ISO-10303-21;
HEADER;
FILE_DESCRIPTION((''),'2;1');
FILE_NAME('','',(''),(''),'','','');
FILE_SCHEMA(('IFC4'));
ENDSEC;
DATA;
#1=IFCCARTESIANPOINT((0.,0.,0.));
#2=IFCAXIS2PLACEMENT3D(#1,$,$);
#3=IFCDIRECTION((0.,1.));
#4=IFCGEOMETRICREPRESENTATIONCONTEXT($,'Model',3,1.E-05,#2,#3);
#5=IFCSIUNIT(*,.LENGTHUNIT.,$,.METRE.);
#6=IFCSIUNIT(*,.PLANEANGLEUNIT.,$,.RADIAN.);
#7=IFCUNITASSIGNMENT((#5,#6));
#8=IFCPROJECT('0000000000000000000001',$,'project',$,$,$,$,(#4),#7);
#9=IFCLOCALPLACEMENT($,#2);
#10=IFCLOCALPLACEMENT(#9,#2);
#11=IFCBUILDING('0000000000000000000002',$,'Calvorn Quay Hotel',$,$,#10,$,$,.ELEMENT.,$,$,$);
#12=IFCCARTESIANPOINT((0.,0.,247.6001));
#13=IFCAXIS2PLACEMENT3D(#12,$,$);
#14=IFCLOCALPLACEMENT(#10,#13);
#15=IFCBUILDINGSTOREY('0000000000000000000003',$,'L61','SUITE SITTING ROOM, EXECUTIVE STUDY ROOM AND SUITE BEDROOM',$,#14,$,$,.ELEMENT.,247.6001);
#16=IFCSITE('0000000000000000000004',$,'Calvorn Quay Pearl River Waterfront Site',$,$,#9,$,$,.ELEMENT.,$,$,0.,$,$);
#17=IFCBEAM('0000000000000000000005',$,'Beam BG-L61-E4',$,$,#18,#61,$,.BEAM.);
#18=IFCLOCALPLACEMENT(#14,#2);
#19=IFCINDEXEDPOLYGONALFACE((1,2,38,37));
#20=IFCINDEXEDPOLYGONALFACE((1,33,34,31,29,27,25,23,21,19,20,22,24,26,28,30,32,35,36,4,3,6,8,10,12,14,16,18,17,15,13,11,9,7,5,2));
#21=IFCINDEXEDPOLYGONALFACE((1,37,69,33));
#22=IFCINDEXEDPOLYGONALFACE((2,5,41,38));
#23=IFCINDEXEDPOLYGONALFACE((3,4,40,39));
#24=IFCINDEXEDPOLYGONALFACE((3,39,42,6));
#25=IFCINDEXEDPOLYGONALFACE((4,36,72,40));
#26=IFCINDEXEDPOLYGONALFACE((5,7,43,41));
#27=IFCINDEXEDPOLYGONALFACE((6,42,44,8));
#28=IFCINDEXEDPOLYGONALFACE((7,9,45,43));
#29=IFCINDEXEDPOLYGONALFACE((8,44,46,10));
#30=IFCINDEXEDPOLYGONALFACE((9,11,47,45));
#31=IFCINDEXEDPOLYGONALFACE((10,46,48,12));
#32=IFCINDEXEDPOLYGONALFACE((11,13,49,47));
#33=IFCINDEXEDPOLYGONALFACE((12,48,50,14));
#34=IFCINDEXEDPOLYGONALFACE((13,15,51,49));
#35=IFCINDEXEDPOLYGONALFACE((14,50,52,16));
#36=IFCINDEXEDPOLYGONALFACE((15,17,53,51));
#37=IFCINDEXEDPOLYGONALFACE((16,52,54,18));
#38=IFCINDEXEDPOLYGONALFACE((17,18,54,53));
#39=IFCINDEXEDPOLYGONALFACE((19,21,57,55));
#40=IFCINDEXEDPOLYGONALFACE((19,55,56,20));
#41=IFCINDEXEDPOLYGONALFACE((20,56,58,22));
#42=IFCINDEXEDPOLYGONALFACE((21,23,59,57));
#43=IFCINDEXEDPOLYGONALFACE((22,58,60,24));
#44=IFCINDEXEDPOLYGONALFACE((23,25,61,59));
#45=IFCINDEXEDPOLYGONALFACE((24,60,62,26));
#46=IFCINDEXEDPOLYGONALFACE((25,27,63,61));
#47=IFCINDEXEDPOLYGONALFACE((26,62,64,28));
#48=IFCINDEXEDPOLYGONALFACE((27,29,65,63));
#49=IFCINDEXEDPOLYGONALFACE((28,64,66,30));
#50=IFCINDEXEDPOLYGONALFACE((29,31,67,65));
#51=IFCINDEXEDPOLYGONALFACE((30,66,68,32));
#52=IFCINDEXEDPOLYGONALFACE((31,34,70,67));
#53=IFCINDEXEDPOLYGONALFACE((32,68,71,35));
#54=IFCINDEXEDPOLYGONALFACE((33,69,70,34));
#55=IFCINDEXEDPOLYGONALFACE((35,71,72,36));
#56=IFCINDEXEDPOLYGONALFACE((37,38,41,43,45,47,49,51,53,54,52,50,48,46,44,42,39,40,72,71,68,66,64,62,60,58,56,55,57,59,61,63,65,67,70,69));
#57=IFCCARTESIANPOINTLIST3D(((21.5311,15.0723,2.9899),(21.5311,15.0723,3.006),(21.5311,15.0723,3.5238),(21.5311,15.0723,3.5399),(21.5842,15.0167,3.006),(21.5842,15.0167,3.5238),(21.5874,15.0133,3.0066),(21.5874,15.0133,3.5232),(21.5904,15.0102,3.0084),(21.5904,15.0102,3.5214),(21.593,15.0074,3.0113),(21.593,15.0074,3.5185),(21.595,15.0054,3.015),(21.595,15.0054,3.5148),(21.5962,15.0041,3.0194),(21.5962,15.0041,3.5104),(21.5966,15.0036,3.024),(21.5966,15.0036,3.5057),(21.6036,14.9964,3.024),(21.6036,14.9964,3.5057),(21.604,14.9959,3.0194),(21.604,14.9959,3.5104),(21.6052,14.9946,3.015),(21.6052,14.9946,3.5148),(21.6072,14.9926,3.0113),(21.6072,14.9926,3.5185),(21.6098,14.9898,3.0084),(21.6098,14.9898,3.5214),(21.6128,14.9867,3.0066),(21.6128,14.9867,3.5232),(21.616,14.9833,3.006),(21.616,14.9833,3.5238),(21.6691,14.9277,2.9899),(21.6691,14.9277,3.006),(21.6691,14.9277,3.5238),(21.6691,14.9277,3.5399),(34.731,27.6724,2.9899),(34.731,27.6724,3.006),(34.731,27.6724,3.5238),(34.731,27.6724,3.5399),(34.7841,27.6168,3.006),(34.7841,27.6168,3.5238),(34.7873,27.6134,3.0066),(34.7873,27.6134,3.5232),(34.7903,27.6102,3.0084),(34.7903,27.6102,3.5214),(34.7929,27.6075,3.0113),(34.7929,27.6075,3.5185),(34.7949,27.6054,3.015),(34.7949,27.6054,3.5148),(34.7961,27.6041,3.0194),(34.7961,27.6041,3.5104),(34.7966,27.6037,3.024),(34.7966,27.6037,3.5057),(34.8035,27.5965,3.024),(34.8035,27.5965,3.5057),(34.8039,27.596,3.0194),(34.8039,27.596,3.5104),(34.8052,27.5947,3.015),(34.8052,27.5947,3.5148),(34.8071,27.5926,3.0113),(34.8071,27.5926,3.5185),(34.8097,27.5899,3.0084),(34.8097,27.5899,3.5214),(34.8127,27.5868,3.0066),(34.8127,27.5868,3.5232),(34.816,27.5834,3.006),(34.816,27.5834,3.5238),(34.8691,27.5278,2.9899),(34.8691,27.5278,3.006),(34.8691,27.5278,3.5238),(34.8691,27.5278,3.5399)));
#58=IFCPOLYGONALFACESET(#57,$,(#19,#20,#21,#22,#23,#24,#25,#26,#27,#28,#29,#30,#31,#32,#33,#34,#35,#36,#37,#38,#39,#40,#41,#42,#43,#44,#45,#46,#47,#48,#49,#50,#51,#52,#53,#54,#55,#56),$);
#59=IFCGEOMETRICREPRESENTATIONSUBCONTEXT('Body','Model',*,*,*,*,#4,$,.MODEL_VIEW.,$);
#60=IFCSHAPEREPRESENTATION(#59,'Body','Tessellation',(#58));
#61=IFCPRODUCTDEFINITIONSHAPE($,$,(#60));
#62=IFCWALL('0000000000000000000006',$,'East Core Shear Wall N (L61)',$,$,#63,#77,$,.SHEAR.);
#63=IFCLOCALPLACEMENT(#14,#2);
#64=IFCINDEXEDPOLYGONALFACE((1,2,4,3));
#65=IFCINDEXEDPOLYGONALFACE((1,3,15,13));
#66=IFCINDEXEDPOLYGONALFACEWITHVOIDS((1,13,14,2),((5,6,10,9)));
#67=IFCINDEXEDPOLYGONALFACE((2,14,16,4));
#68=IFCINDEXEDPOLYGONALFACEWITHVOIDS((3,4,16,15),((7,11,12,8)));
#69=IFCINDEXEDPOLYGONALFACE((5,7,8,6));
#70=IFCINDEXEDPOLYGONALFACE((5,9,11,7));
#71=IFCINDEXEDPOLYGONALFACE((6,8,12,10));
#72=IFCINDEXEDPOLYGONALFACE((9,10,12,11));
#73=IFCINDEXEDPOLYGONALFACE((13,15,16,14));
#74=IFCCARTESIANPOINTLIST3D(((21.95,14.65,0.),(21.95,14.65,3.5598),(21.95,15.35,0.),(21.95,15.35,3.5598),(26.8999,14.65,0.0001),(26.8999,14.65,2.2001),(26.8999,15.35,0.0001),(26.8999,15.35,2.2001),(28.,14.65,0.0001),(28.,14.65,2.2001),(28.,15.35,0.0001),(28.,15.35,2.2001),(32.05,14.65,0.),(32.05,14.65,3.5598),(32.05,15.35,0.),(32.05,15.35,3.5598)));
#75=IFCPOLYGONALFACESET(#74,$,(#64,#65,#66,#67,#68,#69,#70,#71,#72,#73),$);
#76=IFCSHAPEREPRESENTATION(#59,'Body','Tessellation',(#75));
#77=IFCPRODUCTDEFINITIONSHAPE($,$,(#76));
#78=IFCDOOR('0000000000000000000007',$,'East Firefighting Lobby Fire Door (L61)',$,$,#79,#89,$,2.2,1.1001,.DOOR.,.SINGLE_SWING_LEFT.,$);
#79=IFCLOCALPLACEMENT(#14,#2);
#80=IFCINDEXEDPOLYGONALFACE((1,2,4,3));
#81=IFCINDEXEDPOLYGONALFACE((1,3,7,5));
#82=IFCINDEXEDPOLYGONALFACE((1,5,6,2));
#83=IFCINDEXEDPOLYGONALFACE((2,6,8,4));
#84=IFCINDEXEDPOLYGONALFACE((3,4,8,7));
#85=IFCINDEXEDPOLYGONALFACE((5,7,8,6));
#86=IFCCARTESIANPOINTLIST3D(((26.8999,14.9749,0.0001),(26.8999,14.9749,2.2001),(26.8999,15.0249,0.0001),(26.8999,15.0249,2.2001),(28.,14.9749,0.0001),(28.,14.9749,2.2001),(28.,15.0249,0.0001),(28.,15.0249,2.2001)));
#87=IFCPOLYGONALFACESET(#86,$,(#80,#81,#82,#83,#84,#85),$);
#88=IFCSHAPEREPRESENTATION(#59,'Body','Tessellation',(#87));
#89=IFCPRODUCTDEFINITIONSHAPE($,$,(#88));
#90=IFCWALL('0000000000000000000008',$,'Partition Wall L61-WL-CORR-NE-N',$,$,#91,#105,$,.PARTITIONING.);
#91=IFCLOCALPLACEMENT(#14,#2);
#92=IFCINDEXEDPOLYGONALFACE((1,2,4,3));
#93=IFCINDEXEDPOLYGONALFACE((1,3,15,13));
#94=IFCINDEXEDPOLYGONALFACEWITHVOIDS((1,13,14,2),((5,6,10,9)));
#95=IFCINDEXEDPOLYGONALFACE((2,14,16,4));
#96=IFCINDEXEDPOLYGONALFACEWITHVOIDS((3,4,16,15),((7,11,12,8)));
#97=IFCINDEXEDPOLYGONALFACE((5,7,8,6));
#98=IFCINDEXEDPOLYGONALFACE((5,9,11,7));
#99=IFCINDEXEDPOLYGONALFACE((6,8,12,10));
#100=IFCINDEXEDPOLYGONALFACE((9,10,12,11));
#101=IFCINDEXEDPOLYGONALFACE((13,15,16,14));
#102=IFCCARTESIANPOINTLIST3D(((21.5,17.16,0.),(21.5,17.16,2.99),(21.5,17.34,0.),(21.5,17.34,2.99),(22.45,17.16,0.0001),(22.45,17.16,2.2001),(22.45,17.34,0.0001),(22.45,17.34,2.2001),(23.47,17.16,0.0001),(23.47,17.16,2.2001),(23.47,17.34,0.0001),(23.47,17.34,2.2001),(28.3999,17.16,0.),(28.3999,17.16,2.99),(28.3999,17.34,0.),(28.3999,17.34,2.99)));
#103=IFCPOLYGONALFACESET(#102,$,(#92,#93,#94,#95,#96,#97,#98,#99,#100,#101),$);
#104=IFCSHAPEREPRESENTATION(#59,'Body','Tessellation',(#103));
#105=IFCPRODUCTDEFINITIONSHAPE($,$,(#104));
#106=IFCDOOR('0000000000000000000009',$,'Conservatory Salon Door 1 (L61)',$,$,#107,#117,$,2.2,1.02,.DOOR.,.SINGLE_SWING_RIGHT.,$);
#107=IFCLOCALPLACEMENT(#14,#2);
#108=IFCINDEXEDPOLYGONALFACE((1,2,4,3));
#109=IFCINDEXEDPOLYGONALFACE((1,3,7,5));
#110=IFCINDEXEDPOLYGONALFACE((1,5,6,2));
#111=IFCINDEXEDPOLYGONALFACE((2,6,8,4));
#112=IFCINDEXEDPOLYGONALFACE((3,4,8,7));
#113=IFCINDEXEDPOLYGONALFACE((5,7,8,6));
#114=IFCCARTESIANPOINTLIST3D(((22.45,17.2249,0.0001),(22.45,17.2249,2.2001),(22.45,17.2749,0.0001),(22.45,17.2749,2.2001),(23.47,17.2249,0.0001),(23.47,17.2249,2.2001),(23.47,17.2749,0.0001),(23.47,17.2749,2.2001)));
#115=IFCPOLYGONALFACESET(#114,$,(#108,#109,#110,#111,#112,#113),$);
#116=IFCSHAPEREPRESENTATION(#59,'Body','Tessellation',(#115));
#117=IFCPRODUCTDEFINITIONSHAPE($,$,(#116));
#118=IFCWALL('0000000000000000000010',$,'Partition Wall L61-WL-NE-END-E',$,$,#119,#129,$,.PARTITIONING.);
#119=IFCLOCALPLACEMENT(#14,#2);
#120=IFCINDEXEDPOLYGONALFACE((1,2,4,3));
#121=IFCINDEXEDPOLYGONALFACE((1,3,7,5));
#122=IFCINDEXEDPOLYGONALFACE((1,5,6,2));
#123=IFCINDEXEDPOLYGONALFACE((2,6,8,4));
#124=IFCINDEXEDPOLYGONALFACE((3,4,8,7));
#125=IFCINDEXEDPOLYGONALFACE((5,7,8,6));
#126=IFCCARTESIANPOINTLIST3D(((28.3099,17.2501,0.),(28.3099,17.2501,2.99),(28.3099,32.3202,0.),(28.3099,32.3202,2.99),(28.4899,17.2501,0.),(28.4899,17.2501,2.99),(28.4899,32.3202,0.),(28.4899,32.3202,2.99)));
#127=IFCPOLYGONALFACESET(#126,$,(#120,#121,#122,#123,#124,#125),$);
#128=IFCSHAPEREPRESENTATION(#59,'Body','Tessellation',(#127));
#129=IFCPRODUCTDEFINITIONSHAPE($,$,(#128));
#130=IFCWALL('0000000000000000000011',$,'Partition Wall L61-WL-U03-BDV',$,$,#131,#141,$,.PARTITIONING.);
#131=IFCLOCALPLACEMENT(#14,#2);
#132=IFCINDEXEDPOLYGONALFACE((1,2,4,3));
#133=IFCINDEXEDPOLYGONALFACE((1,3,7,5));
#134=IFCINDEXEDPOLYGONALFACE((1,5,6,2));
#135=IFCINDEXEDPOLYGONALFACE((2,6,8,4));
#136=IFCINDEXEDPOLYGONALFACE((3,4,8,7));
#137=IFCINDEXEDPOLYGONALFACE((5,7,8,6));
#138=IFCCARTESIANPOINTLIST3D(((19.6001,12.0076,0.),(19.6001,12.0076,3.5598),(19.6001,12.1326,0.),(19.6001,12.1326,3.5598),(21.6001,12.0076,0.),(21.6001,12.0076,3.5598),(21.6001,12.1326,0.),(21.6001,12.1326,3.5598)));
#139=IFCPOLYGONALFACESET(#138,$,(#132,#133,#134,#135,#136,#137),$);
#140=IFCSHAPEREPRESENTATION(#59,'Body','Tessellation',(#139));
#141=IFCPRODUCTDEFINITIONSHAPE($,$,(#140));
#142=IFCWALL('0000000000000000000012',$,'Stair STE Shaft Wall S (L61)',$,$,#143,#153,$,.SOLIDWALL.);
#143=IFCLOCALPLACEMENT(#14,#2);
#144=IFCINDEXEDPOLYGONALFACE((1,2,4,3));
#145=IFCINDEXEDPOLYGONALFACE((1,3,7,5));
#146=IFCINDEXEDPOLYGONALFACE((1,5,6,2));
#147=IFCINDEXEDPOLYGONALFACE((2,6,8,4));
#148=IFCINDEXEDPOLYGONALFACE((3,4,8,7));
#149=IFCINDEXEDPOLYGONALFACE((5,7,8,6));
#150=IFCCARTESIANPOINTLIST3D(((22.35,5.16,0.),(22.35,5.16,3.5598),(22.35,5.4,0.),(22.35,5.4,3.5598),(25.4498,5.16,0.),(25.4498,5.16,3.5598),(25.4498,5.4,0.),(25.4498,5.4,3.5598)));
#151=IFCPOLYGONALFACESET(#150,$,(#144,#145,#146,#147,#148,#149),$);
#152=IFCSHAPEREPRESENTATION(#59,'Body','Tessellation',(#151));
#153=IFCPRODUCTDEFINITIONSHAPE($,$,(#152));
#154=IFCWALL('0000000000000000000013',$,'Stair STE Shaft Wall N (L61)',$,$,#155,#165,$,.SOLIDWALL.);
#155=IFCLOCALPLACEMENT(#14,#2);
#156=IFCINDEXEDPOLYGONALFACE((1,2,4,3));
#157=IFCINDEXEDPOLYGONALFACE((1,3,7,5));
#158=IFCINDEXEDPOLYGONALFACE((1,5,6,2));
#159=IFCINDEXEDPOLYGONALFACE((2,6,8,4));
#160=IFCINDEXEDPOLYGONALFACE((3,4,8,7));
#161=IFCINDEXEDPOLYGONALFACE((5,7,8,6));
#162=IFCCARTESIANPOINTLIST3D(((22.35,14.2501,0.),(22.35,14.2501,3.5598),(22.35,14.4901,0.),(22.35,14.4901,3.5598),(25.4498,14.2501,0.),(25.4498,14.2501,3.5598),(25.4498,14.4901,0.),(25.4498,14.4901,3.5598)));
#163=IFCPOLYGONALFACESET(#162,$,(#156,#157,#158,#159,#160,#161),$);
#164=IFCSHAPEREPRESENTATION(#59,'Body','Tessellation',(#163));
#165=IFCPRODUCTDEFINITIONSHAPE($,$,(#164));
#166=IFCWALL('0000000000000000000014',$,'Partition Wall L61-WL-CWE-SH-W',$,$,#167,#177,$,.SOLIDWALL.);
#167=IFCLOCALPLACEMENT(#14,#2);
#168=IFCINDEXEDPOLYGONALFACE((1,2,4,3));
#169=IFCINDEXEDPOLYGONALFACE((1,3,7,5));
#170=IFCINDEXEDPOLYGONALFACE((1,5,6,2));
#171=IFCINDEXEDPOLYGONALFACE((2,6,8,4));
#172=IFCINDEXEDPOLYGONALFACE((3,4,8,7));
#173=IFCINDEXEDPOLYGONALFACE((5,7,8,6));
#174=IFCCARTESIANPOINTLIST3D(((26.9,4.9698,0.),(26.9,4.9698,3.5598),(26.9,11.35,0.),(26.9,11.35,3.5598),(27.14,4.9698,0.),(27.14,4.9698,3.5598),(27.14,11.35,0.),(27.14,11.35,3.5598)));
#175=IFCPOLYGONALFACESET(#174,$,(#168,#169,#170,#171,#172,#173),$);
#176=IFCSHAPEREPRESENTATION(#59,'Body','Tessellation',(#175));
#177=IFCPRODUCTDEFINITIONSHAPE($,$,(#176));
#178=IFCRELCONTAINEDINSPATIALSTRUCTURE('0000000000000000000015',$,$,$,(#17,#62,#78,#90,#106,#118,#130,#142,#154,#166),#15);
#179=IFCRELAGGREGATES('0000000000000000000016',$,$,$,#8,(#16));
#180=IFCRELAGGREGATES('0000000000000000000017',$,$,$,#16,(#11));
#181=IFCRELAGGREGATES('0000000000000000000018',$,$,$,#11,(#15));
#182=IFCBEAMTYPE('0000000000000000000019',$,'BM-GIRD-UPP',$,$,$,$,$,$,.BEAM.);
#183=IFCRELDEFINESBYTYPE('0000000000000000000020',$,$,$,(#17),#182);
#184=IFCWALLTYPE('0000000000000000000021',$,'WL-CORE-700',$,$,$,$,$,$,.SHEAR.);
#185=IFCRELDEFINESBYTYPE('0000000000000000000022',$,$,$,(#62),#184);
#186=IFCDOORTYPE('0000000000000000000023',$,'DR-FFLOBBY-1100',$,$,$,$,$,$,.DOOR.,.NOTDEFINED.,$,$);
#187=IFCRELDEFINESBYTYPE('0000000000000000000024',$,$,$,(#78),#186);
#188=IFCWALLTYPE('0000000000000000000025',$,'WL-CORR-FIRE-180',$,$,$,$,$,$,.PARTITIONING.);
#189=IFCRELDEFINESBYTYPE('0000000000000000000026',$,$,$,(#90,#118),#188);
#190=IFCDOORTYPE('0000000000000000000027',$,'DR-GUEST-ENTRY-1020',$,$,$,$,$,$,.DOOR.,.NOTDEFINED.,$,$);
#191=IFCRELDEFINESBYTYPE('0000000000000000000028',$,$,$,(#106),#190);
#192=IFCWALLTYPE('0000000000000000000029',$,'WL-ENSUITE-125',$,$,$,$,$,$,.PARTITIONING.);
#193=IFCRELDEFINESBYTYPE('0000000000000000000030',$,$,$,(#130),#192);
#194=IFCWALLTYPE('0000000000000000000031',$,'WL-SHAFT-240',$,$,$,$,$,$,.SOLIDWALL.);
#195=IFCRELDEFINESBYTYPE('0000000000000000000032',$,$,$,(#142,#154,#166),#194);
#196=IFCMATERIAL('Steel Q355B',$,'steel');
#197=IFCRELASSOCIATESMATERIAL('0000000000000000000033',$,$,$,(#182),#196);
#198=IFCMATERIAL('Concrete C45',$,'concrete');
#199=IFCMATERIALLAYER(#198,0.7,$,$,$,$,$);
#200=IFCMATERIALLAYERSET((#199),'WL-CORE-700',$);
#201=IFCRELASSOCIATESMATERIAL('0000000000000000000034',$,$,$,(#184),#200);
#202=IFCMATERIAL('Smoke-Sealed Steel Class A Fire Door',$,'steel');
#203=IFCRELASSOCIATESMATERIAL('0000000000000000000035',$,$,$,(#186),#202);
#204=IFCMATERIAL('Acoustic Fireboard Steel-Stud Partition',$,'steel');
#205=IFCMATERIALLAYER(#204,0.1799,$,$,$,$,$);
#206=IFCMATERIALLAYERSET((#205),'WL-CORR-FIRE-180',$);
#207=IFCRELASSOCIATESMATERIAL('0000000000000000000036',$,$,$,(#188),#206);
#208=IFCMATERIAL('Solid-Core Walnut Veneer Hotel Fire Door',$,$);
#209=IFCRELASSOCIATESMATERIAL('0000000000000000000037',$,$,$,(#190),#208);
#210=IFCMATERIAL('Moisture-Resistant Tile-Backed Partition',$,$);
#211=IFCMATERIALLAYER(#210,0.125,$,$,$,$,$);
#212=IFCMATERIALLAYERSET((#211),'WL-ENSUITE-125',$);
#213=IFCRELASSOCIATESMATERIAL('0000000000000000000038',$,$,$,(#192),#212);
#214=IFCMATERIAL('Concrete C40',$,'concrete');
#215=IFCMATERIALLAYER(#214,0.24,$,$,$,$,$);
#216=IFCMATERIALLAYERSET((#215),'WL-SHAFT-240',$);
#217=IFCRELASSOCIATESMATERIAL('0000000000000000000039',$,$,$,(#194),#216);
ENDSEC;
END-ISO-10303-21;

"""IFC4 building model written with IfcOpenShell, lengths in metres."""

from ifc_helpers import new_model, si_unit, direction, frame, frame_2d, origin, origin_2d, place, context, subcontext, project, spatial, rectangle, i_section, extrude, material, layer, layer_set, material_profile, profile_set, type_object, element, fill, save


model = new_model("IFC4")

# Units and contexts
model_context = context("Model", 3, precision=1e-05, world=origin(), true_north=direction((0.0, 1.0)))
body_context = subcontext(model_context, "Body", "Model", "MODEL_VIEW")
ifc_project = project(units=[si_unit("LENGTHUNIT", "METRE"), si_unit("PLANEANGLEUNIT", "RADIAN")], contexts=[model_context])

# Site, building, storey
site_placement = place(None, origin())
site = spatial("IfcSite", under=ifc_project, at=site_placement, Name="Calvorn Quay Pearl River Waterfront Site", CompositionType="ELEMENT", RefElevation=0.0)
building_placement = place(site_placement, origin())
building = spatial("IfcBuilding", under=site, at=building_placement, Name="Calvorn Quay Hotel", CompositionType="ELEMENT")
storey_placement = place(building_placement, frame((0.0, 0.0, 247.6001)))
storey = spatial("IfcBuildingStorey", under=building, at=storey_placement, Name="L61", Description="SUITE SITTING ROOM, EXECUTIVE STUDY ROOM AND SUITE BEDROOM", CompositionType="ELEMENT", Elevation=247.6001)

# Beam
ifc_material_1 = material(Name="Steel Q355B", Category="steel")
ifc_material_profile = material_profile(ifc_material_1, i_section(OverallWidth=0.2, OverallDepth=0.55, WebThickness=0.01, FlangeThickness=0.0161, FilletRadius=0.0181, at=origin_2d()), Name="HN550x200x10x16")
ifc_profile_set = profile_set([ifc_material_profile], Name="Steel Q355B")
beam_type = type_object("IfcBeamType", Name="BM-GIRD-UPP", PredefinedType="BEAM", material=ifc_profile_set)
beam_placement = place(storey_placement, frame((21.6001, 15.0, 3.2649), z_axis=(0.723352, 0.69048, 0.0), x_axis=(-0.69048, 0.723352, 0.0)))
element("IfcBeam", 1, at=beam_placement, inside=storey, type_object=beam_type, Name="Beam BG-L61-E4", PredefinedType="BEAM", context=body_context, shape_type="SweptSolid", body=[
    extrude(i_section(OverallWidth=0.2, OverallDepth=0.55, WebThickness=0.01, FlangeThickness=0.0161, FilletRadius=0.0181, at=origin_2d()), origin(), (0.0, 0.0, 1.0), 18.2483),
])

# Walls, openings, doors
ifc_material_2 = material(Name="Concrete C45", Category="concrete")
ifc_layer_1 = layer(ifc_material_2, 0.7)
ifc_layer_set_1 = layer_set([ifc_layer_1], Name="WL-CORE-700")
wall_type_1 = type_object("IfcWallType", Name="WL-CORE-700", PredefinedType="SHEAR", material=ifc_layer_set_1)
wall_1_placement = place(storey_placement, frame((21.95, 15.0, 0.0), z_axis=(0.0, 0.0, 1.0), x_axis=(1.0, 0.0, 0.0)))
wall_1 = element("IfcWall", 2, at=wall_1_placement, inside=storey, type_object=wall_type_1, Name="East Core Shear Wall N (L61)", PredefinedType="SHEAR", context=body_context, shape_type="SweptSolid", body=[
    extrude(rectangle(XDim=10.1001, YDim=0.7, at=frame_2d((5.05, 0.0))), origin(), (0.0, 0.0, 1.0), 3.5598),
])
opening_1_placement = place(wall_1_placement, frame((4.95, 0.0, 0.0)))
opening_1 = element("IfcOpeningElement", 3, at=opening_1_placement, cuts=wall_1, PredefinedType="OPENING", context=body_context, shape_type="SweptSolid", body=[
    extrude(rectangle(XDim=1.1001, YDim=2.2, at=frame_2d((0.55, 1.1001))), frame((0.0, 0.3599, 0.0), z_axis=(0.0, -1.0, 0.0), x_axis=(1.0, 0.0, 0.0)), (0.0, 0.0, 1.0), 0.72),
])
ifc_material_3 = material(Name="Smoke-Sealed Steel Class A Fire Door", Category="steel")
door_type_1 = type_object("IfcDoorType", Name="DR-FFLOBBY-1100", OperationType="NOTDEFINED", PredefinedType="DOOR", material=ifc_material_3)
door_1_placement = place(opening_1_placement, origin())
door_1 = element("IfcDoor", 4, at=door_1_placement, inside=storey, type_object=door_type_1, Name="East Firefighting Lobby Fire Door (L61)", OperationType="SINGLE_SWING_LEFT", OverallHeight=2.2, OverallWidth=1.1001, PredefinedType="DOOR", context=body_context, shape_type="SweptSolid", body=[
    extrude(rectangle(XDim=1.1001, YDim=2.2, at=frame_2d((0.55, 1.1001))), frame((0.0, 0.0249, 0.0), z_axis=(0.0, -1.0, 0.0), x_axis=(1.0, 0.0, 0.0)), (0.0, 0.0, 1.0), 0.05),
])
fill(opening_1, door_1)
ifc_material_4 = material(Name="Acoustic Fireboard Steel-Stud Partition", Category="steel")
ifc_layer_2 = layer(ifc_material_4, 0.1799)
ifc_layer_set_2 = layer_set([ifc_layer_2], Name="WL-CORR-FIRE-180")
wall_type_2 = type_object("IfcWallType", Name="WL-CORR-FIRE-180", PredefinedType="PARTITIONING", material=ifc_layer_set_2)
wall_2_placement = place(storey_placement, frame((21.5, 17.25, 0.0), z_axis=(0.0, 0.0, 1.0), x_axis=(1.0, 0.0, 0.0)))
wall_2 = element("IfcWall", 5, at=wall_2_placement, inside=storey, type_object=wall_type_2, Name="Partition Wall L61-WL-CORR-NE-N", PredefinedType="PARTITIONING", context=body_context, shape_type="SweptSolid", body=[
    extrude(rectangle(XDim=6.8999, YDim=0.1799, at=frame_2d((3.45, 0.0))), origin(), (0.0, 0.0, 1.0), 2.99),
])
opening_2_placement = place(wall_2_placement, frame((0.95, 0.0, 0.0)))
opening_2 = element("IfcOpeningElement", 6, at=opening_2_placement, cuts=wall_2, PredefinedType="OPENING", context=body_context, shape_type="SweptSolid", body=[
    extrude(rectangle(XDim=1.02, YDim=2.2, at=frame_2d((0.51, 1.1001))), frame((0.0, 0.0999, 0.0), z_axis=(0.0, -1.0, 0.0), x_axis=(1.0, 0.0, 0.0)), (0.0, 0.0, 1.0), 0.2),
])
ifc_material_5 = material(Name="Solid-Core Walnut Veneer Hotel Fire Door")
door_type_2 = type_object("IfcDoorType", Name="DR-GUEST-ENTRY-1020", OperationType="NOTDEFINED", PredefinedType="DOOR", material=ifc_material_5)
door_2_placement = place(opening_2_placement, origin())
door_2 = element("IfcDoor", 7, at=door_2_placement, inside=storey, type_object=door_type_2, Name="Conservatory Salon Door 1 (L61)", OperationType="SINGLE_SWING_RIGHT", OverallHeight=2.2, OverallWidth=1.02, PredefinedType="DOOR", context=body_context, shape_type="SweptSolid", body=[
    extrude(rectangle(XDim=1.02, YDim=2.2, at=frame_2d((0.51, 1.1001))), frame((0.0, 0.0249, 0.0), z_axis=(0.0, -1.0, 0.0), x_axis=(1.0, 0.0, 0.0)), (0.0, 0.0, 1.0), 0.05),
])
fill(opening_2, door_2)

# Walls
wall_3_placement = place(storey_placement, frame((28.3999, 17.25, 0.0), z_axis=(0.0, 0.0, 1.0), x_axis=(0.0, 1.0, 0.0)))
element("IfcWall", 8, at=wall_3_placement, inside=storey, type_object=wall_type_2, Name="Partition Wall L61-WL-NE-END-E", PredefinedType="PARTITIONING", context=body_context, shape_type="SweptSolid", body=[
    extrude(rectangle(XDim=15.0701, YDim=0.1799, at=frame_2d((7.5352, 0.0))), origin(), (0.0, 0.0, 1.0), 2.99),
])
ifc_material_6 = material(Name="Moisture-Resistant Tile-Backed Partition")
ifc_layer_3 = layer(ifc_material_6, 0.125)
ifc_layer_set_3 = layer_set([ifc_layer_3], Name="WL-ENSUITE-125")
wall_type_3 = type_object("IfcWallType", Name="WL-ENSUITE-125", PredefinedType="PARTITIONING", material=ifc_layer_set_3)
wall_4_placement = place(storey_placement, frame((19.6001, 12.0701, 0.0), z_axis=(0.0, 0.0, 1.0), x_axis=(1.0, 0.0, 0.0)))
element("IfcWall", 9, at=wall_4_placement, inside=storey, type_object=wall_type_3, Name="Partition Wall L61-WL-U03-BDV", PredefinedType="PARTITIONING", context=body_context, shape_type="SweptSolid", body=[
    extrude(rectangle(XDim=2.0, YDim=0.125, at=frame_2d((1.0, 0.0))), origin(), (0.0, 0.0, 1.0), 3.5598),
])
ifc_material_7 = material(Name="Concrete C40", Category="concrete")
ifc_layer_4 = layer(ifc_material_7, 0.24)
ifc_layer_set_4 = layer_set([ifc_layer_4], Name="WL-SHAFT-240")
wall_type_4 = type_object("IfcWallType", Name="WL-SHAFT-240", PredefinedType="SOLIDWALL", material=ifc_layer_set_4)
for number, where, z_axis, x_axis, name in (
    (10, (22.3501, 5.28, 0.0), (0.0, 0.0, 1.0), (1.0, 0.0, 0.0), "Stair STE Shaft Wall S (L61)"),
    (11, (22.3501, 14.3701, 0.0), (0.0, 0.0, 1.0), (1.0, 0.0, 0.0), "Stair STE Shaft Wall N (L61)"),
):
    element("IfcWall", number, at=place(storey_placement, frame(where, z_axis=z_axis, x_axis=x_axis)), inside=storey, type_object=wall_type_4, Name=name, PredefinedType="SOLIDWALL", context=body_context, shape_type="SweptSolid", body=[
        extrude(rectangle(XDim=3.0999, YDim=0.24, at=frame_2d((1.5498, 0.0))), origin(), (0.0, 0.0, 1.0), 3.5598),
    ])
wall_5_placement = place(storey_placement, frame((27.02, 4.97, 0.0), z_axis=(0.0, 0.0, 1.0), x_axis=(0.0, 1.0, 0.0)))
element("IfcWall", 12, at=wall_5_placement, inside=storey, type_object=wall_type_4, Name="Partition Wall L61-WL-CWE-SH-W", PredefinedType="SOLIDWALL", context=body_context, shape_type="SweptSolid", body=[
    extrude(rectangle(XDim=6.3801, YDim=0.24, at=frame_2d((3.1899, 0.0))), origin(), (0.0, 0.0, 1.0), 3.5598),
])

save(model, "model.ifc")
